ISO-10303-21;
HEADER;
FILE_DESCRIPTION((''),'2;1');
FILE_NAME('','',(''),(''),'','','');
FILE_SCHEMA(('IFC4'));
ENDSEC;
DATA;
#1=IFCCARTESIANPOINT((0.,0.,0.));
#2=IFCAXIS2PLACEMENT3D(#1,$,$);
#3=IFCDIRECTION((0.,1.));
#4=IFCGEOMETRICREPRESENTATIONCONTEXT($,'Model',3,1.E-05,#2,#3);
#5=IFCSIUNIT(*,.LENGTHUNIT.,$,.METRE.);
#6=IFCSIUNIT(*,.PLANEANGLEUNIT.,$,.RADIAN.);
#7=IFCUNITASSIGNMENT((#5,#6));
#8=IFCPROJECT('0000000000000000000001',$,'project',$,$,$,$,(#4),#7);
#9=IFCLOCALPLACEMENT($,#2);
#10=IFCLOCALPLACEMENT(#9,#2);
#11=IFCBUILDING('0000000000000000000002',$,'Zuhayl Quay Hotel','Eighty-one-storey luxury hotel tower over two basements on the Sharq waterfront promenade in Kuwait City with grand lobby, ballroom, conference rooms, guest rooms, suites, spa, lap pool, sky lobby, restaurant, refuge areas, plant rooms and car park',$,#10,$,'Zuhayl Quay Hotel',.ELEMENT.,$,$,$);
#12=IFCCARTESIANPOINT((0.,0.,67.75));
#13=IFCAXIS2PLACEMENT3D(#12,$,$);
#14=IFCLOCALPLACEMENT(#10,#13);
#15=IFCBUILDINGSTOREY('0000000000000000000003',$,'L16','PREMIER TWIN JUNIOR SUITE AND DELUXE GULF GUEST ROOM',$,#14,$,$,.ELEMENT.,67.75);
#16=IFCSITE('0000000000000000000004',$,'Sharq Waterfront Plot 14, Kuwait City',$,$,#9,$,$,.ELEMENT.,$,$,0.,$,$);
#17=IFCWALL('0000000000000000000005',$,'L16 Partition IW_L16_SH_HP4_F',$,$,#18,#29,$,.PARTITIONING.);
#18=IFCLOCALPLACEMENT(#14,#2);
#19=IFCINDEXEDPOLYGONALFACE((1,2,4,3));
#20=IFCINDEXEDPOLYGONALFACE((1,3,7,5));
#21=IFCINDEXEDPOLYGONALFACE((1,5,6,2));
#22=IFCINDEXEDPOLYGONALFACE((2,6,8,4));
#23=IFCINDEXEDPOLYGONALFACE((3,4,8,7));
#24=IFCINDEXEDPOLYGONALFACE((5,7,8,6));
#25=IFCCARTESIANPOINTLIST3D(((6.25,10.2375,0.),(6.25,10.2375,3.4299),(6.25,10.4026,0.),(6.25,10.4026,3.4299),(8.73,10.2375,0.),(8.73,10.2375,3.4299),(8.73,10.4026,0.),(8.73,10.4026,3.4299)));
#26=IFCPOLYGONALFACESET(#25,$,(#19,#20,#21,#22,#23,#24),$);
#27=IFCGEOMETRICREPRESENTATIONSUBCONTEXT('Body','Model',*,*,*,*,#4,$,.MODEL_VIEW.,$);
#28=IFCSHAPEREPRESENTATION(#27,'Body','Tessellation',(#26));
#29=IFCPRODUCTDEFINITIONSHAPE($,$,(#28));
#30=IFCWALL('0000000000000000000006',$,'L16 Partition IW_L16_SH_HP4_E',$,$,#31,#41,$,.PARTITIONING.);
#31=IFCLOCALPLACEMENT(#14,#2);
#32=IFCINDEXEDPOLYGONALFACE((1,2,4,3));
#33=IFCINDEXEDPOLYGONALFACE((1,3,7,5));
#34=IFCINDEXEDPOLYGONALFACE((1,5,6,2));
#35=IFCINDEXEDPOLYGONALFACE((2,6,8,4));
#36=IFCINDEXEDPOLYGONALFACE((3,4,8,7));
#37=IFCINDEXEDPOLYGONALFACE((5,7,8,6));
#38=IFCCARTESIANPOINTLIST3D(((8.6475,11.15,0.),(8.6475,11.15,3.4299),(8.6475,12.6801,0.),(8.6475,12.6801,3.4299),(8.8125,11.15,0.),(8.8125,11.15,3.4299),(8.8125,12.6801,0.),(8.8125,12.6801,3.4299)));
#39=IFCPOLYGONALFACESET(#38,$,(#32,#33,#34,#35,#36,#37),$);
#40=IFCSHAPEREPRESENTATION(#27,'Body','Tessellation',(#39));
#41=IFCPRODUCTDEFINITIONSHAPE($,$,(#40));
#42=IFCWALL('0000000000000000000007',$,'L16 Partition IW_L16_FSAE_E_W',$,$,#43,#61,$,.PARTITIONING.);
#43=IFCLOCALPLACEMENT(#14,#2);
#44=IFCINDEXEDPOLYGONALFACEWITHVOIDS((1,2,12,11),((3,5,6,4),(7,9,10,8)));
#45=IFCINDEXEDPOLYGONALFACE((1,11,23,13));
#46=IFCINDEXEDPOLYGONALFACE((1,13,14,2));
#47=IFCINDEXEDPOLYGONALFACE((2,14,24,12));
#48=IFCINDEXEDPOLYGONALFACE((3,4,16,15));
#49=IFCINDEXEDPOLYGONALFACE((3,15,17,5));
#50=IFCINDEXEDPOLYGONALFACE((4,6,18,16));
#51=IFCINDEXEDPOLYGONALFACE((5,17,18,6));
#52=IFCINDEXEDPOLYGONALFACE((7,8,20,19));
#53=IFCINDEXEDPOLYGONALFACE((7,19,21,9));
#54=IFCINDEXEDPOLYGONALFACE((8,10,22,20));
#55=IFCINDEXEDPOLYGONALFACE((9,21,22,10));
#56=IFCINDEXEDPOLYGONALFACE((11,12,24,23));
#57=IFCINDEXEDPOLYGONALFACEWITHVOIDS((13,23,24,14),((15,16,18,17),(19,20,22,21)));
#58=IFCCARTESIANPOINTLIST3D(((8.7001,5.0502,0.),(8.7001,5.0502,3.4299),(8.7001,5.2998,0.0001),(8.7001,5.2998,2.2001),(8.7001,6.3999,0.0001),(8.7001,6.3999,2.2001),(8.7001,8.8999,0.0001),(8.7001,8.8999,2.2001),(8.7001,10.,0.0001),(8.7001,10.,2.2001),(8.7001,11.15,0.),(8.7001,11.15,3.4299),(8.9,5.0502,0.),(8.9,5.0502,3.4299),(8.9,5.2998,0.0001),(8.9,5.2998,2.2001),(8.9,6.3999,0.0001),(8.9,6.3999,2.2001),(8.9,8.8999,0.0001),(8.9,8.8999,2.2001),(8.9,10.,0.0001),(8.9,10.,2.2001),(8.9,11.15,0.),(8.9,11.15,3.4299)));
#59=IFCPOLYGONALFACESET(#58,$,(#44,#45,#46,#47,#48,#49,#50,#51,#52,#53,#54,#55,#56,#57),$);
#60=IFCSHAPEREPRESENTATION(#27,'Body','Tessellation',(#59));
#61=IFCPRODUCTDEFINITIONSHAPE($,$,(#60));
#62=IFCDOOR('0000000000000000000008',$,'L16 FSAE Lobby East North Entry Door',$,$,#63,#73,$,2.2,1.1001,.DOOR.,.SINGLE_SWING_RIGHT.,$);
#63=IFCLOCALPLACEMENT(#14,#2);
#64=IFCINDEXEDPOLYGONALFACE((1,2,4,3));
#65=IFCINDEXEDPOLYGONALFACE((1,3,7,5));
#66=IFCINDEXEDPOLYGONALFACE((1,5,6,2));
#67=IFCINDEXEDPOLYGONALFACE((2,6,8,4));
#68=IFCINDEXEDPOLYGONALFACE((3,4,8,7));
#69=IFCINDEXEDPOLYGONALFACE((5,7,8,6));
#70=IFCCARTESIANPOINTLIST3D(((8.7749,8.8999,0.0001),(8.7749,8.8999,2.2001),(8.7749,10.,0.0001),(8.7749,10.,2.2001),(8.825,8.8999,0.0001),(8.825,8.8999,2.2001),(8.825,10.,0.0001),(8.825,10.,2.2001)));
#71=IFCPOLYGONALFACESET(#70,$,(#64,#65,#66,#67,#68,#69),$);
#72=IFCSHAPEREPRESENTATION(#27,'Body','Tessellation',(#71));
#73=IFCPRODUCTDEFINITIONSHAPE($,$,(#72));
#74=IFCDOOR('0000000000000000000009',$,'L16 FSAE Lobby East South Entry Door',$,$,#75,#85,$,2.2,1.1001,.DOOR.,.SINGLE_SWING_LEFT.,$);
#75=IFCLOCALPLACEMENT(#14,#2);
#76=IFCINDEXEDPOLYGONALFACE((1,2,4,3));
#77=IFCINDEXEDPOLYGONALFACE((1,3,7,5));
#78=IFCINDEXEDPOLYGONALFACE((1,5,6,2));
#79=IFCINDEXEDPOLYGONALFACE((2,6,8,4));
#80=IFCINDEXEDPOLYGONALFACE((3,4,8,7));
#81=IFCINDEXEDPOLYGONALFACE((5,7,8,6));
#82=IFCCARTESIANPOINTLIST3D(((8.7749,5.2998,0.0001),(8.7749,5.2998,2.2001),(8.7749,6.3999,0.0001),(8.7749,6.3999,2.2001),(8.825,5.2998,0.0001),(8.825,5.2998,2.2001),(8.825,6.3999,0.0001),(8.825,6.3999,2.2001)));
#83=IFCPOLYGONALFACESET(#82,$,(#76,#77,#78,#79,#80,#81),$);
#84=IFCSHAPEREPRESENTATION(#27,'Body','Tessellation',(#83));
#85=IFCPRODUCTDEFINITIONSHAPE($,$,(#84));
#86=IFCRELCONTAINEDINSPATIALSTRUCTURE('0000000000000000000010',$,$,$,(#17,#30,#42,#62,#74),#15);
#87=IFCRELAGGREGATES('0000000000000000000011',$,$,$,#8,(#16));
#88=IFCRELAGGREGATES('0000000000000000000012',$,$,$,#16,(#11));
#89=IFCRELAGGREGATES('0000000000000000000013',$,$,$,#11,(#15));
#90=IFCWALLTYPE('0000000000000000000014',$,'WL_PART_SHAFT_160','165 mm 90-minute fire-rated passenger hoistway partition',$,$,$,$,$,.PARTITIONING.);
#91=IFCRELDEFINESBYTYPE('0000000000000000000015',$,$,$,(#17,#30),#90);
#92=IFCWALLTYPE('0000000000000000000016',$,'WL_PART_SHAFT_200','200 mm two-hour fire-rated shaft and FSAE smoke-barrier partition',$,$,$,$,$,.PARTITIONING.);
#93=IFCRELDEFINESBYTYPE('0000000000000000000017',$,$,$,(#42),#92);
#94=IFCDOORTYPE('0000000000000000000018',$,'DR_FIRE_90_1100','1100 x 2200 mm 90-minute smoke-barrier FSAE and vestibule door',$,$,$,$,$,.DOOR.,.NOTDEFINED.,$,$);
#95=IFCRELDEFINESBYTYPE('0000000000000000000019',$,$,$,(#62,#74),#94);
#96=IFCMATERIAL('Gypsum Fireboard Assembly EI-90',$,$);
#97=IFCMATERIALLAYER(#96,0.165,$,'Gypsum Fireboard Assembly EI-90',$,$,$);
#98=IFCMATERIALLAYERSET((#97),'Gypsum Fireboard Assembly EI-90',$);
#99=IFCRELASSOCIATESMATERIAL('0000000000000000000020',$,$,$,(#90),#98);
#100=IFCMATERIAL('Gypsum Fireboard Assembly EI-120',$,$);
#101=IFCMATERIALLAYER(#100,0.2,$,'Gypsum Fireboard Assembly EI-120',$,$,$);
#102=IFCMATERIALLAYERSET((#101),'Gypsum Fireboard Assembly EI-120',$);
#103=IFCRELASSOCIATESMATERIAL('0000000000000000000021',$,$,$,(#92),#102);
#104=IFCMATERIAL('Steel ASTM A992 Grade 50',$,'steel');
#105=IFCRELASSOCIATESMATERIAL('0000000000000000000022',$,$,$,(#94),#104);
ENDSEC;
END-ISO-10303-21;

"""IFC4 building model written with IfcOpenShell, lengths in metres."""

from ifc_helpers import new_model, si_unit, direction, frame, frame_2d, origin, place, context, subcontext, project, spatial, rectangle, extrude, material, layer, layer_set, type_object, element, fill, save


model = new_model("IFC4")

# Units and contexts
model_context = context("Model", 3, precision=1e-05, world=origin(), true_north=direction((0.0, 1.0)))
body_context = subcontext(model_context, "Body", "Model", "MODEL_VIEW")
ifc_project = project(units=[si_unit("LENGTHUNIT", "METRE"), si_unit("PLANEANGLEUNIT", "RADIAN")], contexts=[model_context])

# Site, building, storey
site_placement = place(None, origin())
site = spatial("IfcSite", under=ifc_project, at=site_placement, Name="Sharq Waterfront Plot 14, Kuwait City", CompositionType="ELEMENT", RefElevation=0.0)
building_placement = place(site_placement, origin())
building = spatial("IfcBuilding", under=site, at=building_placement, Name="Zuhayl Quay Hotel", Description="Eighty-one-storey luxury hotel tower over two basements on the Sharq waterfront promenade in Kuwait City with grand lobby, ballroom, conference rooms, guest rooms, suites, spa, lap pool, sky lobby, restaurant, refuge areas, plant rooms and car park", LongName="Zuhayl Quay Hotel", CompositionType="ELEMENT")
storey_placement = place(building_placement, frame((0.0, 0.0, 67.75)))
storey = spatial("IfcBuildingStorey", under=building, at=storey_placement, Name="L16", Description="PREMIER TWIN JUNIOR SUITE AND DELUXE GULF GUEST ROOM", CompositionType="ELEMENT", Elevation=67.75)

# Shared definitions
ifc_material_1 = material(Name="Steel ASTM A992 Grade 50", Category="steel")

# Shared definitions
ifc_material_2 = material(Name="Gypsum Fireboard Assembly EI-90")
ifc_layer_1 = layer(ifc_material_2, 0.165, Name="Gypsum Fireboard Assembly EI-90")
ifc_layer_set_1 = layer_set([ifc_layer_1], Name="Gypsum Fireboard Assembly EI-90")
wall_type_1 = type_object("IfcWallType", Name="WL_PART_SHAFT_160", Description="165 mm 90-minute fire-rated passenger hoistway partition", PredefinedType="PARTITIONING", material=ifc_layer_set_1)

# Walls
wall_1_placement = place(storey_placement, frame((6.25, 10.3201, 0.0), z_axis=(0.0, 0.0, 1.0), x_axis=(1.0, 0.0, 0.0)))
element("IfcWall", 1, at=wall_1_placement, inside=storey, type_object=wall_type_1, Name="L16 Partition IW_L16_SH_HP4_F", PredefinedType="PARTITIONING", context=body_context, shape_type="SweptSolid", body=[
    extrude(rectangle(XDim=2.48, YDim=0.165, at=frame_2d((1.24, 0.0))), origin(), (0.0, 0.0, 1.0), 3.4299),
])
wall_2_placement = place(storey_placement, frame((8.73, 11.1499, 0.0), z_axis=(0.0, 0.0, 1.0), x_axis=(0.0, 1.0, 0.0)))
element("IfcWall", 2, at=wall_2_placement, inside=storey, type_object=wall_type_1, Name="L16 Partition IW_L16_SH_HP4_E", PredefinedType="PARTITIONING", context=body_context, shape_type="SweptSolid", body=[
    extrude(rectangle(XDim=1.53, YDim=0.165, at=frame_2d((0.7651, 0.0))), origin(), (0.0, 0.0, 1.0), 3.4299),
])

# Wall, openings, doors
ifc_material_3 = material(Name="Gypsum Fireboard Assembly EI-120")
ifc_layer_2 = layer(ifc_material_3, 0.2, Name="Gypsum Fireboard Assembly EI-120")
ifc_layer_set_2 = layer_set([ifc_layer_2], Name="Gypsum Fireboard Assembly EI-120")
wall_type_2 = type_object("IfcWallType", Name="WL_PART_SHAFT_200", Description="200 mm two-hour fire-rated shaft and FSAE smoke-barrier partition", PredefinedType="PARTITIONING", material=ifc_layer_set_2)
wall_3_placement = place(storey_placement, frame((8.8, 11.1499, 0.0), z_axis=(0.0, 0.0, 1.0), x_axis=(0.0, -1.0, 0.0)))
wall_3 = element("IfcWall", 3, at=wall_3_placement, inside=storey, type_object=wall_type_2, Name="L16 Partition IW_L16_FSAE_E_W", PredefinedType="PARTITIONING", context=body_context, shape_type="SweptSolid", body=[
    extrude(rectangle(XDim=6.0999, YDim=0.2, at=frame_2d((3.0498, 0.0))), origin(), (0.0, 0.0, 1.0), 3.4299),
])
opening_1_placement = place(wall_3_placement, frame((1.1499, 0.0, 0.0)))
opening_1 = element("IfcOpeningElement", 4, at=opening_1_placement, cuts=wall_3, PredefinedType="OPENING", context=body_context, shape_type="SweptSolid", body=[
    extrude(rectangle(XDim=1.1001, YDim=2.2, at=frame_2d((0.55, 1.1001))), frame((0.0, 0.1099, 0.0), z_axis=(0.0, -1.0, 0.0), x_axis=(1.0, 0.0, 0.0)), (0.0, 0.0, 1.0), 0.22),
])
opening_2_placement = place(wall_3_placement, frame((4.75, 0.0, 0.0)))
opening_2 = element("IfcOpeningElement", 5, at=opening_2_placement, cuts=wall_3, PredefinedType="OPENING", context=body_context, shape_type="SweptSolid", body=[
    extrude(rectangle(XDim=1.1001, YDim=2.2, at=frame_2d((0.55, 1.1001))), frame((0.0, 0.1099, 0.0), z_axis=(0.0, -1.0, 0.0), x_axis=(1.0, 0.0, 0.0)), (0.0, 0.0, 1.0), 0.22),
])
door_type_1 = type_object("IfcDoorType", Name="DR_FIRE_90_1100", Description="1100 x 2200 mm 90-minute smoke-barrier FSAE and vestibule door", OperationType="NOTDEFINED", PredefinedType="DOOR", material=ifc_material_1)
door_1_placement = place(opening_1_placement, origin())
door_1 = element("IfcDoor", 6, at=door_1_placement, inside=storey, type_object=door_type_1, Name="L16 FSAE Lobby East North Entry Door", OperationType="SINGLE_SWING_RIGHT", OverallHeight=2.2, OverallWidth=1.1001, PredefinedType="DOOR", context=body_context, shape_type="SweptSolid", body=[
    extrude(rectangle(XDim=1.1001, YDim=2.2, at=frame_2d((0.55, 1.1001))), frame((0.0, 0.0249, 0.0), z_axis=(0.0, -1.0, 0.0), x_axis=(1.0, 0.0, 0.0)), (0.0, 0.0, 1.0), 0.05),
])
fill(opening_1, door_1)
door_2_placement = place(opening_2_placement, origin())
door_2 = element("IfcDoor", 7, at=door_2_placement, inside=storey, type_object=door_type_1, Name="L16 FSAE Lobby East South Entry Door", OperationType="SINGLE_SWING_LEFT", OverallHeight=2.2, OverallWidth=1.1001, PredefinedType="DOOR", context=body_context, shape_type="SweptSolid", body=[
    extrude(rectangle(XDim=1.1001, YDim=2.2, at=frame_2d((0.55, 1.1001))), frame((0.0, 0.0249, 0.0), z_axis=(0.0, -1.0, 0.0), x_axis=(1.0, 0.0, 0.0)), (0.0, 0.0, 1.0), 0.05),
])
fill(opening_2, door_2)

save(model, "model.ifc")
